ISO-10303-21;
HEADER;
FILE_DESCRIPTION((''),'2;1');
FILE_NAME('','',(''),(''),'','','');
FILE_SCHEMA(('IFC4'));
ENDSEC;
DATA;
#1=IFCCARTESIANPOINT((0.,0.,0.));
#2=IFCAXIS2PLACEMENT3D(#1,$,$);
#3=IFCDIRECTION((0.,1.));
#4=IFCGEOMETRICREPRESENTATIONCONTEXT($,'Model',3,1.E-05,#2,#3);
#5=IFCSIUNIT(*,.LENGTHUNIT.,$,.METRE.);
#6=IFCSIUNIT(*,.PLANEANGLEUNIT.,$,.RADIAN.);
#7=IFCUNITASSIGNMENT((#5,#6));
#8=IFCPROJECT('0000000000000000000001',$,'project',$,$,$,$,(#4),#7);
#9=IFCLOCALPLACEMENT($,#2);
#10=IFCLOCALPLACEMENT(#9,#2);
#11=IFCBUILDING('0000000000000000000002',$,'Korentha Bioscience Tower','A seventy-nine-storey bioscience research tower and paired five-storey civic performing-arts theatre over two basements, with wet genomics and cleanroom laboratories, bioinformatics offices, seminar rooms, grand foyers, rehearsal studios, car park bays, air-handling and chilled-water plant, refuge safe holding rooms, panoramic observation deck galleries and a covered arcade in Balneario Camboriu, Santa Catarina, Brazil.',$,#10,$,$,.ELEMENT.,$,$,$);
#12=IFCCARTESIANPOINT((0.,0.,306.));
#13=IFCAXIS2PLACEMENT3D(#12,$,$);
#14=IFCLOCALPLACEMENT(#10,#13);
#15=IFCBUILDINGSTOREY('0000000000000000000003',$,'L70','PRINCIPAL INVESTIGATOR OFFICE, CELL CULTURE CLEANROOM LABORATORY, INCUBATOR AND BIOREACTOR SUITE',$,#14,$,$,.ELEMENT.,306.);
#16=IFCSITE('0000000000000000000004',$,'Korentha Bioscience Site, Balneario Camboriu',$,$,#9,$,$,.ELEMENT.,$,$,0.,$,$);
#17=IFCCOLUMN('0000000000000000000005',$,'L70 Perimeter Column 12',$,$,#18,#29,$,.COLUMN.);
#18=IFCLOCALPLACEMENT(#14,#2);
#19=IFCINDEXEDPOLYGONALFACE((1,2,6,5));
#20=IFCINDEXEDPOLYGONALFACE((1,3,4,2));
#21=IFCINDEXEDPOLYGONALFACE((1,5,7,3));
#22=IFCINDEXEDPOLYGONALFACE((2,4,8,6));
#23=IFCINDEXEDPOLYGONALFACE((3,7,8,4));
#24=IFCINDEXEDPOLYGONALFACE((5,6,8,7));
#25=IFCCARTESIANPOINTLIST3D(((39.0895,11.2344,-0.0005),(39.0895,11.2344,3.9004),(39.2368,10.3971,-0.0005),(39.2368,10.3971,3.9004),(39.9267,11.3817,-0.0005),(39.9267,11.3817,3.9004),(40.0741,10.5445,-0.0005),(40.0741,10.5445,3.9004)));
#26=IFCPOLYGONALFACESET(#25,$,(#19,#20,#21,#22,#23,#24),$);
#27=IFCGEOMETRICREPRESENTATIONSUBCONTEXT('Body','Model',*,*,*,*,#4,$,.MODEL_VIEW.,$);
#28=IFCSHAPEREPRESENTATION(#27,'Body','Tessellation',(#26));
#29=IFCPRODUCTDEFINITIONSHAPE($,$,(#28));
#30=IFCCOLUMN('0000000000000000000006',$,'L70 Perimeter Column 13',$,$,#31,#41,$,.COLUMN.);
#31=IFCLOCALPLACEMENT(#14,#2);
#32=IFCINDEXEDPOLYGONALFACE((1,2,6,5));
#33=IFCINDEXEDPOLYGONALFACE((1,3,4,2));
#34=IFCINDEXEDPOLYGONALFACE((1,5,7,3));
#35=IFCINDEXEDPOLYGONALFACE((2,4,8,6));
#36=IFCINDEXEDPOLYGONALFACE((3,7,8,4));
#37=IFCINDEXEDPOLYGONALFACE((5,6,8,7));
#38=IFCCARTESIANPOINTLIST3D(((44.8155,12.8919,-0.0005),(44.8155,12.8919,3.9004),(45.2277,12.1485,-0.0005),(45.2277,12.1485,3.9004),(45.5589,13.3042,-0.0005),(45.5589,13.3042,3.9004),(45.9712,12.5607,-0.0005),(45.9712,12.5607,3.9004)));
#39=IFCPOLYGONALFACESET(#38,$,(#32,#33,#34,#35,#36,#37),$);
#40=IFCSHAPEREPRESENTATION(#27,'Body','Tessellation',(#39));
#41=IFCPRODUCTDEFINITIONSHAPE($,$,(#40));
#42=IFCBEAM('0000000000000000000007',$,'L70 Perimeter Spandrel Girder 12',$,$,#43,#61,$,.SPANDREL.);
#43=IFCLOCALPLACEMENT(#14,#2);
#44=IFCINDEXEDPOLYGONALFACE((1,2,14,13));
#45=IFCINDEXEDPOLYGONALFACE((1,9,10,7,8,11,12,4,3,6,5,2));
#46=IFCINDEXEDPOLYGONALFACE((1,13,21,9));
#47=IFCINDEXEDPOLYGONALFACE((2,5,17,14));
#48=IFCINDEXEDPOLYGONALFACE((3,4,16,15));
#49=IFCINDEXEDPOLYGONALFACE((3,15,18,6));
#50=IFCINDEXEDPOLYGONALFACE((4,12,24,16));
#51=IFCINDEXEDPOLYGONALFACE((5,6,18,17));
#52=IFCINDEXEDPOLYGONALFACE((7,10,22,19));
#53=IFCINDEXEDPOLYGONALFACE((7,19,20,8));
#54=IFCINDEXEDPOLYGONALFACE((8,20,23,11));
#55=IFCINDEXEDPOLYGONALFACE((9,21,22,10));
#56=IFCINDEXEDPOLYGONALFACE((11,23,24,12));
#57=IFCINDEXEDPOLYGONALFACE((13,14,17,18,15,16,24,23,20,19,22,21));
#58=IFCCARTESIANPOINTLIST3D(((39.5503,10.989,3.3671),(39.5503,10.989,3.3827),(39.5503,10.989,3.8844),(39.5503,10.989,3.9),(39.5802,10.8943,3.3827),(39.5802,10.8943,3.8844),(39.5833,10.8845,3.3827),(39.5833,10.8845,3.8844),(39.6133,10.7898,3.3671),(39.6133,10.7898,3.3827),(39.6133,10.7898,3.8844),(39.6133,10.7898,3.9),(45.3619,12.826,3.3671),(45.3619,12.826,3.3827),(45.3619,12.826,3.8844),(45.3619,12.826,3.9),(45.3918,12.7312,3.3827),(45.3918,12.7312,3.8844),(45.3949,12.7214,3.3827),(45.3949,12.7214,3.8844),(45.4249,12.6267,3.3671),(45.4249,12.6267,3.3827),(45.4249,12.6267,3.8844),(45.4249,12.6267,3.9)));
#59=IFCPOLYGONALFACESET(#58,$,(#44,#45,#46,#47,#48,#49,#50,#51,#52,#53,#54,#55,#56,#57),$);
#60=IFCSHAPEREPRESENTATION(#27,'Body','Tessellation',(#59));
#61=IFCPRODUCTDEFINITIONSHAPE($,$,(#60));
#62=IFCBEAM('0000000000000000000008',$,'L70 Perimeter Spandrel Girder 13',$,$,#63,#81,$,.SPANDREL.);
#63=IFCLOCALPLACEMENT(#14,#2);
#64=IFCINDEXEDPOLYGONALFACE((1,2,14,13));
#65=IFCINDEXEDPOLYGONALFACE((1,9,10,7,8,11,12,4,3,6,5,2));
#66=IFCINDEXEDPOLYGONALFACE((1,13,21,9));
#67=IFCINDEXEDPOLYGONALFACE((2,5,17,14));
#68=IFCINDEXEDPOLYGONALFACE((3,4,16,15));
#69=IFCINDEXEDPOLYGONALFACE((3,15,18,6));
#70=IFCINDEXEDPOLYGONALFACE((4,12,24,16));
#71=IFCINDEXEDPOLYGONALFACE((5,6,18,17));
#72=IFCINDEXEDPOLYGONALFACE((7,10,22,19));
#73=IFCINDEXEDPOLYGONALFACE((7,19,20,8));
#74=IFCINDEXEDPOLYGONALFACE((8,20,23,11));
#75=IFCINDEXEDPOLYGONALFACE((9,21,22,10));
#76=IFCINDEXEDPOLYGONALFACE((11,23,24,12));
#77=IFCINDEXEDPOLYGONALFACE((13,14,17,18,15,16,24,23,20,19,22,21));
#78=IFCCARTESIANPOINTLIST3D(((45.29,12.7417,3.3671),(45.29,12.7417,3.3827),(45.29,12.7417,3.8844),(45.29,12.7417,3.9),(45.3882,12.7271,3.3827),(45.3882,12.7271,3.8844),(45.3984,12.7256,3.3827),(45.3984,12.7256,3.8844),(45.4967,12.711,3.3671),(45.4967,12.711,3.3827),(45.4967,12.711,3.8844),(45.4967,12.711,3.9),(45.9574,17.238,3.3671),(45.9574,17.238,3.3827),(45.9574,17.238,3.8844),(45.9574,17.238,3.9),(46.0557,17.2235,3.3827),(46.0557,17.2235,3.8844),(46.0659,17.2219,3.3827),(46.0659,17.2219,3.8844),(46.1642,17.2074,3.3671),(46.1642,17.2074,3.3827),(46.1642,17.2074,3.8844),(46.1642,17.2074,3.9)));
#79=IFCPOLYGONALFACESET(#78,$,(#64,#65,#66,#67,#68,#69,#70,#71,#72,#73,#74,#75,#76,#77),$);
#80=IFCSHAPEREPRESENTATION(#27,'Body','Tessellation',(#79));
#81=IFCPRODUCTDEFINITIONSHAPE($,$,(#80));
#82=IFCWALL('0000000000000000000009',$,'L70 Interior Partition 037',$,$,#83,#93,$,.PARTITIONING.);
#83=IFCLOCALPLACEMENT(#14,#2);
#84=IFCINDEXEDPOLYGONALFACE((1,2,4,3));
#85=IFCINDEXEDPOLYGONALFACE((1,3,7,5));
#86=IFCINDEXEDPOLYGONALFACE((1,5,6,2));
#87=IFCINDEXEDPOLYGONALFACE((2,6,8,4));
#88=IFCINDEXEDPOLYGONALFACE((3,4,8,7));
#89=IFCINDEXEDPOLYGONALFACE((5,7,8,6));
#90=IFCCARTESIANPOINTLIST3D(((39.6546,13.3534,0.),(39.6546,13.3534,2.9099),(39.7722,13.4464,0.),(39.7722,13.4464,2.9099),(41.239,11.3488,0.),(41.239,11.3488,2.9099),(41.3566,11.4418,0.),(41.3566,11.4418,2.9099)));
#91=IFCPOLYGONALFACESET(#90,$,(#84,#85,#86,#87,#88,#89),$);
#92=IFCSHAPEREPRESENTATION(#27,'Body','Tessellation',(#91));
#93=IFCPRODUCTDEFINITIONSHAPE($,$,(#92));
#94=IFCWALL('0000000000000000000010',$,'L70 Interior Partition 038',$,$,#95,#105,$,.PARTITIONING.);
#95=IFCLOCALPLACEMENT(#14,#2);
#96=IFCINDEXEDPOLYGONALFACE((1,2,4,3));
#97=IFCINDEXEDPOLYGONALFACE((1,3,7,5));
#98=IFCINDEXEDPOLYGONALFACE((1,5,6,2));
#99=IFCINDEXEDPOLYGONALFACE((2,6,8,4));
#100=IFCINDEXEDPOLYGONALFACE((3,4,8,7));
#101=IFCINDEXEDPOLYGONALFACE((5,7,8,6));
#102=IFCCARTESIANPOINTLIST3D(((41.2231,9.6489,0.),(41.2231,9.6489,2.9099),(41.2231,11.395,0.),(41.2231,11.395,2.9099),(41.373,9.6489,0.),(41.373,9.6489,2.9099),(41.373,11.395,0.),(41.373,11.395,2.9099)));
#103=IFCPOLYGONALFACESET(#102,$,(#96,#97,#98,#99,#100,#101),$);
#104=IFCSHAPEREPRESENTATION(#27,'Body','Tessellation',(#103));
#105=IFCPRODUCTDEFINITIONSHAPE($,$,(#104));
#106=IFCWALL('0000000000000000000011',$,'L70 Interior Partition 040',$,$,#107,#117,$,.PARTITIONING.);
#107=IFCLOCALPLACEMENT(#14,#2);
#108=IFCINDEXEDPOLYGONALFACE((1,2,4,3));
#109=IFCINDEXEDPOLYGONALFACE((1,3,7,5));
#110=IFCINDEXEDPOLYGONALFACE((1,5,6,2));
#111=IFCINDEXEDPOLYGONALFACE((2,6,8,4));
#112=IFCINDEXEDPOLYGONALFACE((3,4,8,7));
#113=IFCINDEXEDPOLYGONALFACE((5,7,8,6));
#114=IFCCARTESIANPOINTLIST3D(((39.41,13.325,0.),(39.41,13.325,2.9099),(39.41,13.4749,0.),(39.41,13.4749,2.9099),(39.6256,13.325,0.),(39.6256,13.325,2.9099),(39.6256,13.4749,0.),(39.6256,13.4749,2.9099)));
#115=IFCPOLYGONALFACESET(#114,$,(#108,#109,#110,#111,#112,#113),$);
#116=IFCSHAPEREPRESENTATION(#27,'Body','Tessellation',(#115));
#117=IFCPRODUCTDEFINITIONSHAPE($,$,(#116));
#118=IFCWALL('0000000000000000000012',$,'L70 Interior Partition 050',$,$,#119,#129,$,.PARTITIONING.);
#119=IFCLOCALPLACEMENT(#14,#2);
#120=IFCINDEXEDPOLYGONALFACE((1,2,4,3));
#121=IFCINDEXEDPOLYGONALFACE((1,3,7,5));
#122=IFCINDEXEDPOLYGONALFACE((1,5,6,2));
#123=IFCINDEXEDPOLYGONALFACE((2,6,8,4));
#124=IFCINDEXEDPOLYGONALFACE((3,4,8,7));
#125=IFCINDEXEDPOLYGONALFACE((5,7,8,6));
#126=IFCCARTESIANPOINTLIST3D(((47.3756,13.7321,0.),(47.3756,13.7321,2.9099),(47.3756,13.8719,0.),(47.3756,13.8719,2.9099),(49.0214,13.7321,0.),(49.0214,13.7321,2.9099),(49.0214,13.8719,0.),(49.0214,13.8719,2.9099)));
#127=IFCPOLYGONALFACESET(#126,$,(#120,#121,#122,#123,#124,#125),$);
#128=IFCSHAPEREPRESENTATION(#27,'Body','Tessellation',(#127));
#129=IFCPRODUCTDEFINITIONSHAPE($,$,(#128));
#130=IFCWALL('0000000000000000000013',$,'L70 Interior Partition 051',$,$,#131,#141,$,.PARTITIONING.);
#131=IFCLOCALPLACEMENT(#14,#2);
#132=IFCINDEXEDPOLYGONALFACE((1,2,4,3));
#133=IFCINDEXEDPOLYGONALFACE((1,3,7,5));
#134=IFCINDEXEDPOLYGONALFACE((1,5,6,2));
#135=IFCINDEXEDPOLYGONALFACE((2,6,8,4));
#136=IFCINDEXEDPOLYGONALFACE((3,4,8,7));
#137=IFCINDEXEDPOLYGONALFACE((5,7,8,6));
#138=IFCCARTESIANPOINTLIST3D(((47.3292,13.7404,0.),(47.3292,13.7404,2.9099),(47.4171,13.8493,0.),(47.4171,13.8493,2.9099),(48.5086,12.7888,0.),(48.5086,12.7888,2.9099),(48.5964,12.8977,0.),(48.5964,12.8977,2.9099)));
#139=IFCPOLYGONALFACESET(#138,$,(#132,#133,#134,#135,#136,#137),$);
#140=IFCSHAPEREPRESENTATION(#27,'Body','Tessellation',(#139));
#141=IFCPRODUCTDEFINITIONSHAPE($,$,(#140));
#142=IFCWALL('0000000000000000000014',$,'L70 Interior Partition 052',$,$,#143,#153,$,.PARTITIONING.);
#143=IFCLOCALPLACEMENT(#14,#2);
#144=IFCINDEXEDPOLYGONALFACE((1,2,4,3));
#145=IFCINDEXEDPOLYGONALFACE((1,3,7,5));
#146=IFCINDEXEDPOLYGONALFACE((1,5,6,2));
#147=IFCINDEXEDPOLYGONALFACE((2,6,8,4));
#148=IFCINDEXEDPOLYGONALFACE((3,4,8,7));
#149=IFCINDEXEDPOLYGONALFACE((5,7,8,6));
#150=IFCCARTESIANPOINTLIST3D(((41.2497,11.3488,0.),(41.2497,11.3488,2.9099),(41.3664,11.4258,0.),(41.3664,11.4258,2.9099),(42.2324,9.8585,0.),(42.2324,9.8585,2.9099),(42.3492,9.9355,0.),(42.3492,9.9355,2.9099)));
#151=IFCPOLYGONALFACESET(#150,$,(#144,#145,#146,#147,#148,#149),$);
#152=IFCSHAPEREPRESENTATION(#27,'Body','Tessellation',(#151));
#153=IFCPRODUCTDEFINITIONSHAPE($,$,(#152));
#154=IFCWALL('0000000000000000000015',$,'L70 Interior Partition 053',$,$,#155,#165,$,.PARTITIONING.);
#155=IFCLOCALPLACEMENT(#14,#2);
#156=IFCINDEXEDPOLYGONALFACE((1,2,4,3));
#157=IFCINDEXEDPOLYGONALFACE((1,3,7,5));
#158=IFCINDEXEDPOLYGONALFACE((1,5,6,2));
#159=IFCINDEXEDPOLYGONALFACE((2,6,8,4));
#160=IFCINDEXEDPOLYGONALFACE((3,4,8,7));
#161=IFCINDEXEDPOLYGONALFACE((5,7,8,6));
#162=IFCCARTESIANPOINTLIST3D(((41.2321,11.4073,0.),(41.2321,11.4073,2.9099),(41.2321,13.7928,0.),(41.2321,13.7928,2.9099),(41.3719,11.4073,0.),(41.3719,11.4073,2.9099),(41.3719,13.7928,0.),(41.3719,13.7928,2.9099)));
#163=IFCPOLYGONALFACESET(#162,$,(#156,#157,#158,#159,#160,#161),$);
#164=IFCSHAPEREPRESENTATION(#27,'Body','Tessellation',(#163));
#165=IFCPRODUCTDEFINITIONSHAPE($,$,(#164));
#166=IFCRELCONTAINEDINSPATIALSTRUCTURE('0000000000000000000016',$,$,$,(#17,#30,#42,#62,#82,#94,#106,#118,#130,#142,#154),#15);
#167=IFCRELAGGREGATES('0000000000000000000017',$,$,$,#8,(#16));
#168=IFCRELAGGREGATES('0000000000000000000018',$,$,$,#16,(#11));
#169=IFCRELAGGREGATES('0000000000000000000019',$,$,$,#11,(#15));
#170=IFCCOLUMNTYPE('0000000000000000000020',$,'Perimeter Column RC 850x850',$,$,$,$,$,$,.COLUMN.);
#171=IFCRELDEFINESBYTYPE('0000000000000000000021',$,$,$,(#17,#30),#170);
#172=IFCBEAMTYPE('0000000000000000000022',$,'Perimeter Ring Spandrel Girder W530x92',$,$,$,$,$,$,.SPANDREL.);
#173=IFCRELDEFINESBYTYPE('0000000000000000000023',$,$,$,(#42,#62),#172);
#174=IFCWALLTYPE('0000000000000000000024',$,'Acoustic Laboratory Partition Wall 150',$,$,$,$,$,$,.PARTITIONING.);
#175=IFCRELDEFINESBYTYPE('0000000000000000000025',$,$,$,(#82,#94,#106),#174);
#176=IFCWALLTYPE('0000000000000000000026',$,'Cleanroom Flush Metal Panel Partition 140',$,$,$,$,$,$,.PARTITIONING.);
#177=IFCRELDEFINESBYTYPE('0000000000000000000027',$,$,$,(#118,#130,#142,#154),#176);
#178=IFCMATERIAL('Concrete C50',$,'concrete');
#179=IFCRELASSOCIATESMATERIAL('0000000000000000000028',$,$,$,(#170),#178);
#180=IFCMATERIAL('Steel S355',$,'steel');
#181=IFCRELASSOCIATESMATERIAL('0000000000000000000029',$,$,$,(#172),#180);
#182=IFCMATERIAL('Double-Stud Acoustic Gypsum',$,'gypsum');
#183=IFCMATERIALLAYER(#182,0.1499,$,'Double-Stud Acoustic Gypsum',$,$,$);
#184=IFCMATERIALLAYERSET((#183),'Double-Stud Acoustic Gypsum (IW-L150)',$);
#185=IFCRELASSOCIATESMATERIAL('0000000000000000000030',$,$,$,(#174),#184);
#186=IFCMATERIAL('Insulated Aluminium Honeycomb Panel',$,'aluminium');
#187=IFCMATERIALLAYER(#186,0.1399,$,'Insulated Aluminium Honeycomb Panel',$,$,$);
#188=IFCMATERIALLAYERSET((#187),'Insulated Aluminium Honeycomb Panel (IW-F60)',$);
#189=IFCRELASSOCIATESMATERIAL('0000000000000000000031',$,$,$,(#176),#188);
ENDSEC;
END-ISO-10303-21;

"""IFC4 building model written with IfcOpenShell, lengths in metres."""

from ifc_helpers import new_model, si_unit, direction, frame, frame_2d, origin, origin_2d, place, context, subcontext, project, spatial, rectangle, i_section, extrude, material, layer, layer_set, material_profile, profile_set, type_object, element, save


model = new_model("IFC4")

# Units and contexts
model_context = context("Model", 3, precision=1e-05, world=origin(), true_north=direction((0.0, 1.0)))
body_context = subcontext(model_context, "Body", "Model", "MODEL_VIEW")
ifc_project = project(units=[si_unit("LENGTHUNIT", "METRE"), si_unit("PLANEANGLEUNIT", "RADIAN")], contexts=[model_context])

# Site, building, storey
site_placement = place(None, origin())
site = spatial("IfcSite", under=ifc_project, at=site_placement, Name="Korentha Bioscience Site, Balneario Camboriu", CompositionType="ELEMENT", RefElevation=0.0)
building_placement = place(site_placement, origin())
building = spatial("IfcBuilding", under=site, at=building_placement, Name="Korentha Bioscience Tower", Description="A seventy-nine-storey bioscience research tower and paired five-storey civic performing-arts theatre over two basements, with wet genomics and cleanroom laboratories, bioinformatics offices, seminar rooms, grand foyers, rehearsal studios, car park bays, air-handling and chilled-water plant, refuge safe holding rooms, panoramic observation deck galleries and a covered arcade in Balneario Camboriu, Santa Catarina, Brazil.", CompositionType="ELEMENT")
storey_placement = place(building_placement, frame((0.0, 0.0, 306.0)))
storey = spatial("IfcBuildingStorey", under=building, at=storey_placement, Name="L70", Description="PRINCIPAL INVESTIGATOR OFFICE, CELL CULTURE CLEANROOM LABORATORY, INCUBATOR AND BIOREACTOR SUITE", CompositionType="ELEMENT", Elevation=306.0)

# Columns
ifc_material_1 = material(Name="Concrete C50", Category="concrete")
ifc_material_profile_1 = material_profile(ifc_material_1, rectangle(XDim=0.8501, YDim=0.8501, at=origin_2d()), Name="Concrete C50")
ifc_profile_set_1 = profile_set([ifc_material_profile_1], Name="Concrete C50 (COL-P08)")
column_type = type_object("IfcColumnType", Name="Perimeter Column RC 850x850", PredefinedType="COLUMN", material=ifc_profile_set_1)
for number, where, z_axis, x_axis, name in (
    (1, (39.5818, 10.8894, -0.0005), (0.0, 0.0, 1.0), (0.984868, 0.173304, 0.0), "L70 Perimeter Column 12"),
    (2, (45.3933, 12.7263, -0.0005), (0.0, 0.0, 1.0), (0.874535, 0.484962, 0.0), "L70 Perimeter Column 13"),
):
    element("IfcColumn", number, at=place(storey_placement, frame(where, z_axis=z_axis, x_axis=x_axis)), inside=storey, type_object=column_type, Name=name, PredefinedType="COLUMN", context=body_context, shape_type="SweptSolid", body=[
        extrude(rectangle(XDim=0.8501, YDim=0.8501, at=origin_2d()), origin(), (0.0, 0.0, 1.0), 3.9009),
    ])

# Beams
ifc_material_2 = material(Name="Steel S355", Category="steel")
ifc_material_profile_2 = material_profile(ifc_material_2, i_section(OverallWidth=0.209, OverallDepth=0.533, WebThickness=0.0103, FlangeThickness=0.0156, at=origin_2d()), Name="Steel S355")
ifc_profile_set_2 = profile_set([ifc_material_profile_2], Name="Steel S355 (SB-530)")
beam_type = type_object("IfcBeamType", Name="Perimeter Ring Spandrel Girder W530x92", PredefinedType="SPANDREL", material=ifc_profile_set_2)
beam_1_placement = place(storey_placement, frame((39.5818, 10.8894, 3.6335), z_axis=(0.953503, 0.301384, 0.0), x_axis=(-0.301384, 0.953503, 0.0)))
element("IfcBeam", 3, at=beam_1_placement, inside=storey, type_object=beam_type, Name="L70 Perimeter Spandrel Girder 12", PredefinedType="SPANDREL", context=body_context, shape_type="SweptSolid", body=[
    extrude(i_section(OverallWidth=0.209, OverallDepth=0.533, WebThickness=0.0103, FlangeThickness=0.0156, at=origin_2d()), origin(), (0.0, 0.0, 1.0), 6.095),
])
beam_2_placement = place(storey_placement, frame((45.3933, 12.7263, 3.6335), z_axis=(0.146841, 0.98916, 0.0), x_axis=(-0.98916, 0.146841, 0.0)))
element("IfcBeam", 4, at=beam_2_placement, inside=storey, type_object=beam_type, Name="L70 Perimeter Spandrel Girder 13", PredefinedType="SPANDREL", context=body_context, shape_type="SweptSolid", body=[
    extrude(i_section(OverallWidth=0.209, OverallDepth=0.533, WebThickness=0.0103, FlangeThickness=0.0156, at=origin_2d()), origin(), (0.0, 0.0, 1.0), 4.5457),
])

# Walls
ifc_material_3 = material(Name="Double-Stud Acoustic Gypsum", Category="gypsum")
ifc_layer_1 = layer(ifc_material_3, 0.1499, Name="Double-Stud Acoustic Gypsum")
ifc_layer_set_1 = layer_set([ifc_layer_1], Name="Double-Stud Acoustic Gypsum (IW-L150)")
wall_type_1 = type_object("IfcWallType", Name="Acoustic Laboratory Partition Wall 150", PredefinedType="PARTITIONING", material=ifc_layer_set_1)
wall_1_placement = place(storey_placement, frame((39.7134, 13.3999, 0.0), z_axis=(0.0, 0.0, 1.0), x_axis=(0.620093, -0.784528, 0.0)))
element("IfcWall", 5, at=wall_1_placement, inside=storey, type_object=wall_type_1, Name="L70 Interior Partition 037", PredefinedType="PARTITIONING", context=body_context, shape_type="SweptSolid", body=[
    extrude(rectangle(XDim=2.5552, YDim=0.1499, at=frame_2d((1.2776, 0.0))), origin(), (0.0, 0.0, 1.0), 2.9099),
])
wall_2_placement = place(storey_placement, frame((41.2981, 11.395, 0.0), z_axis=(0.0, 0.0, 1.0), x_axis=(0.0, -1.0, 0.0)))
element("IfcWall", 6, at=wall_2_placement, inside=storey, type_object=wall_type_1, Name="L70 Interior Partition 038", PredefinedType="PARTITIONING", context=body_context, shape_type="SweptSolid", body=[
    extrude(rectangle(XDim=1.7461, YDim=0.1499, at=frame_2d((0.873, 0.0))), origin(), (0.0, 0.0, 1.0), 2.9099),
])
wall_3_placement = place(storey_placement, frame((39.4099, 13.3999, 0.0), z_axis=(0.0, 0.0, 1.0), x_axis=(1.0, 0.0, 0.0)))
element("IfcWall", 7, at=wall_3_placement, inside=storey, type_object=wall_type_1, Name="L70 Interior Partition 040", PredefinedType="PARTITIONING", context=body_context, shape_type="SweptSolid", body=[
    extrude(rectangle(XDim=0.2156, YDim=0.1499, at=frame_2d((0.1079, 0.0))), origin(), (0.0, 0.0, 1.0), 2.9099),
])
ifc_material_4 = material(Name="Insulated Aluminium Honeycomb Panel", Category="aluminium")
ifc_layer_2 = layer(ifc_material_4, 0.1399, Name="Insulated Aluminium Honeycomb Panel")
ifc_layer_set_2 = layer_set([ifc_layer_2], Name="Insulated Aluminium Honeycomb Panel (IW-F60)")
wall_type_2 = type_object("IfcWallType", Name="Cleanroom Flush Metal Panel Partition 140", PredefinedType="PARTITIONING", material=ifc_layer_set_2)
wall_4_placement = place(storey_placement, frame((49.0212, 13.802, 0.0), z_axis=(0.0, 0.0, 1.0), x_axis=(-1.0, 0.0, 0.0)))
element("IfcWall", 8, at=wall_4_placement, inside=storey, type_object=wall_type_2, Name="L70 Interior Partition 050", PredefinedType="PARTITIONING", context=body_context, shape_type="SweptSolid", body=[
    extrude(rectangle(XDim=1.6458, YDim=0.1399, at=frame_2d((0.8228, 0.0))), origin(), (0.0, 0.0, 1.0), 2.9099),
])
wall_5_placement = place(storey_placement, frame((47.373, 13.7949, 0.0), z_axis=(0.0, 0.0, 1.0), x_axis=(0.778253, -0.627951, 0.0)))
element("IfcWall", 9, at=wall_5_placement, inside=storey, type_object=wall_type_2, Name="L70 Interior Partition 051", PredefinedType="PARTITIONING", context=body_context, shape_type="SweptSolid", body=[
    extrude(rectangle(XDim=1.5154, YDim=0.1399, at=frame_2d((0.7578, 0.0))), origin(), (0.0, 0.0, 1.0), 2.9099),
])
wall_6_placement = place(storey_placement, frame((42.2908, 9.897, 0.0), z_axis=(0.0, 0.0, 1.0), x_axis=(-0.550495, 0.834838, 0.0)))
element("IfcWall", 10, at=wall_6_placement, inside=storey, type_object=wall_type_2, Name="L70 Interior Partition 052", PredefinedType="PARTITIONING", context=body_context, shape_type="SweptSolid", body=[
    extrude(rectangle(XDim=1.7852, YDim=0.1399, at=frame_2d((0.8926, 0.0))), origin(), (0.0, 0.0, 1.0), 2.9099),
])
wall_7_placement = place(storey_placement, frame((41.302, 11.4072, 0.0), z_axis=(0.0, 0.0, 1.0), x_axis=(0.0, 1.0, 0.0)))
element("IfcWall", 11, at=wall_7_placement, inside=storey, type_object=wall_type_2, Name="L70 Interior Partition 053", PredefinedType="PARTITIONING", context=body_context, shape_type="SweptSolid", body=[
    extrude(rectangle(XDim=2.3855, YDim=0.1399, at=frame_2d((1.1929, 0.0))), origin(), (0.0, 0.0, 1.0), 2.9099),
])

save(model, "model.ifc")
